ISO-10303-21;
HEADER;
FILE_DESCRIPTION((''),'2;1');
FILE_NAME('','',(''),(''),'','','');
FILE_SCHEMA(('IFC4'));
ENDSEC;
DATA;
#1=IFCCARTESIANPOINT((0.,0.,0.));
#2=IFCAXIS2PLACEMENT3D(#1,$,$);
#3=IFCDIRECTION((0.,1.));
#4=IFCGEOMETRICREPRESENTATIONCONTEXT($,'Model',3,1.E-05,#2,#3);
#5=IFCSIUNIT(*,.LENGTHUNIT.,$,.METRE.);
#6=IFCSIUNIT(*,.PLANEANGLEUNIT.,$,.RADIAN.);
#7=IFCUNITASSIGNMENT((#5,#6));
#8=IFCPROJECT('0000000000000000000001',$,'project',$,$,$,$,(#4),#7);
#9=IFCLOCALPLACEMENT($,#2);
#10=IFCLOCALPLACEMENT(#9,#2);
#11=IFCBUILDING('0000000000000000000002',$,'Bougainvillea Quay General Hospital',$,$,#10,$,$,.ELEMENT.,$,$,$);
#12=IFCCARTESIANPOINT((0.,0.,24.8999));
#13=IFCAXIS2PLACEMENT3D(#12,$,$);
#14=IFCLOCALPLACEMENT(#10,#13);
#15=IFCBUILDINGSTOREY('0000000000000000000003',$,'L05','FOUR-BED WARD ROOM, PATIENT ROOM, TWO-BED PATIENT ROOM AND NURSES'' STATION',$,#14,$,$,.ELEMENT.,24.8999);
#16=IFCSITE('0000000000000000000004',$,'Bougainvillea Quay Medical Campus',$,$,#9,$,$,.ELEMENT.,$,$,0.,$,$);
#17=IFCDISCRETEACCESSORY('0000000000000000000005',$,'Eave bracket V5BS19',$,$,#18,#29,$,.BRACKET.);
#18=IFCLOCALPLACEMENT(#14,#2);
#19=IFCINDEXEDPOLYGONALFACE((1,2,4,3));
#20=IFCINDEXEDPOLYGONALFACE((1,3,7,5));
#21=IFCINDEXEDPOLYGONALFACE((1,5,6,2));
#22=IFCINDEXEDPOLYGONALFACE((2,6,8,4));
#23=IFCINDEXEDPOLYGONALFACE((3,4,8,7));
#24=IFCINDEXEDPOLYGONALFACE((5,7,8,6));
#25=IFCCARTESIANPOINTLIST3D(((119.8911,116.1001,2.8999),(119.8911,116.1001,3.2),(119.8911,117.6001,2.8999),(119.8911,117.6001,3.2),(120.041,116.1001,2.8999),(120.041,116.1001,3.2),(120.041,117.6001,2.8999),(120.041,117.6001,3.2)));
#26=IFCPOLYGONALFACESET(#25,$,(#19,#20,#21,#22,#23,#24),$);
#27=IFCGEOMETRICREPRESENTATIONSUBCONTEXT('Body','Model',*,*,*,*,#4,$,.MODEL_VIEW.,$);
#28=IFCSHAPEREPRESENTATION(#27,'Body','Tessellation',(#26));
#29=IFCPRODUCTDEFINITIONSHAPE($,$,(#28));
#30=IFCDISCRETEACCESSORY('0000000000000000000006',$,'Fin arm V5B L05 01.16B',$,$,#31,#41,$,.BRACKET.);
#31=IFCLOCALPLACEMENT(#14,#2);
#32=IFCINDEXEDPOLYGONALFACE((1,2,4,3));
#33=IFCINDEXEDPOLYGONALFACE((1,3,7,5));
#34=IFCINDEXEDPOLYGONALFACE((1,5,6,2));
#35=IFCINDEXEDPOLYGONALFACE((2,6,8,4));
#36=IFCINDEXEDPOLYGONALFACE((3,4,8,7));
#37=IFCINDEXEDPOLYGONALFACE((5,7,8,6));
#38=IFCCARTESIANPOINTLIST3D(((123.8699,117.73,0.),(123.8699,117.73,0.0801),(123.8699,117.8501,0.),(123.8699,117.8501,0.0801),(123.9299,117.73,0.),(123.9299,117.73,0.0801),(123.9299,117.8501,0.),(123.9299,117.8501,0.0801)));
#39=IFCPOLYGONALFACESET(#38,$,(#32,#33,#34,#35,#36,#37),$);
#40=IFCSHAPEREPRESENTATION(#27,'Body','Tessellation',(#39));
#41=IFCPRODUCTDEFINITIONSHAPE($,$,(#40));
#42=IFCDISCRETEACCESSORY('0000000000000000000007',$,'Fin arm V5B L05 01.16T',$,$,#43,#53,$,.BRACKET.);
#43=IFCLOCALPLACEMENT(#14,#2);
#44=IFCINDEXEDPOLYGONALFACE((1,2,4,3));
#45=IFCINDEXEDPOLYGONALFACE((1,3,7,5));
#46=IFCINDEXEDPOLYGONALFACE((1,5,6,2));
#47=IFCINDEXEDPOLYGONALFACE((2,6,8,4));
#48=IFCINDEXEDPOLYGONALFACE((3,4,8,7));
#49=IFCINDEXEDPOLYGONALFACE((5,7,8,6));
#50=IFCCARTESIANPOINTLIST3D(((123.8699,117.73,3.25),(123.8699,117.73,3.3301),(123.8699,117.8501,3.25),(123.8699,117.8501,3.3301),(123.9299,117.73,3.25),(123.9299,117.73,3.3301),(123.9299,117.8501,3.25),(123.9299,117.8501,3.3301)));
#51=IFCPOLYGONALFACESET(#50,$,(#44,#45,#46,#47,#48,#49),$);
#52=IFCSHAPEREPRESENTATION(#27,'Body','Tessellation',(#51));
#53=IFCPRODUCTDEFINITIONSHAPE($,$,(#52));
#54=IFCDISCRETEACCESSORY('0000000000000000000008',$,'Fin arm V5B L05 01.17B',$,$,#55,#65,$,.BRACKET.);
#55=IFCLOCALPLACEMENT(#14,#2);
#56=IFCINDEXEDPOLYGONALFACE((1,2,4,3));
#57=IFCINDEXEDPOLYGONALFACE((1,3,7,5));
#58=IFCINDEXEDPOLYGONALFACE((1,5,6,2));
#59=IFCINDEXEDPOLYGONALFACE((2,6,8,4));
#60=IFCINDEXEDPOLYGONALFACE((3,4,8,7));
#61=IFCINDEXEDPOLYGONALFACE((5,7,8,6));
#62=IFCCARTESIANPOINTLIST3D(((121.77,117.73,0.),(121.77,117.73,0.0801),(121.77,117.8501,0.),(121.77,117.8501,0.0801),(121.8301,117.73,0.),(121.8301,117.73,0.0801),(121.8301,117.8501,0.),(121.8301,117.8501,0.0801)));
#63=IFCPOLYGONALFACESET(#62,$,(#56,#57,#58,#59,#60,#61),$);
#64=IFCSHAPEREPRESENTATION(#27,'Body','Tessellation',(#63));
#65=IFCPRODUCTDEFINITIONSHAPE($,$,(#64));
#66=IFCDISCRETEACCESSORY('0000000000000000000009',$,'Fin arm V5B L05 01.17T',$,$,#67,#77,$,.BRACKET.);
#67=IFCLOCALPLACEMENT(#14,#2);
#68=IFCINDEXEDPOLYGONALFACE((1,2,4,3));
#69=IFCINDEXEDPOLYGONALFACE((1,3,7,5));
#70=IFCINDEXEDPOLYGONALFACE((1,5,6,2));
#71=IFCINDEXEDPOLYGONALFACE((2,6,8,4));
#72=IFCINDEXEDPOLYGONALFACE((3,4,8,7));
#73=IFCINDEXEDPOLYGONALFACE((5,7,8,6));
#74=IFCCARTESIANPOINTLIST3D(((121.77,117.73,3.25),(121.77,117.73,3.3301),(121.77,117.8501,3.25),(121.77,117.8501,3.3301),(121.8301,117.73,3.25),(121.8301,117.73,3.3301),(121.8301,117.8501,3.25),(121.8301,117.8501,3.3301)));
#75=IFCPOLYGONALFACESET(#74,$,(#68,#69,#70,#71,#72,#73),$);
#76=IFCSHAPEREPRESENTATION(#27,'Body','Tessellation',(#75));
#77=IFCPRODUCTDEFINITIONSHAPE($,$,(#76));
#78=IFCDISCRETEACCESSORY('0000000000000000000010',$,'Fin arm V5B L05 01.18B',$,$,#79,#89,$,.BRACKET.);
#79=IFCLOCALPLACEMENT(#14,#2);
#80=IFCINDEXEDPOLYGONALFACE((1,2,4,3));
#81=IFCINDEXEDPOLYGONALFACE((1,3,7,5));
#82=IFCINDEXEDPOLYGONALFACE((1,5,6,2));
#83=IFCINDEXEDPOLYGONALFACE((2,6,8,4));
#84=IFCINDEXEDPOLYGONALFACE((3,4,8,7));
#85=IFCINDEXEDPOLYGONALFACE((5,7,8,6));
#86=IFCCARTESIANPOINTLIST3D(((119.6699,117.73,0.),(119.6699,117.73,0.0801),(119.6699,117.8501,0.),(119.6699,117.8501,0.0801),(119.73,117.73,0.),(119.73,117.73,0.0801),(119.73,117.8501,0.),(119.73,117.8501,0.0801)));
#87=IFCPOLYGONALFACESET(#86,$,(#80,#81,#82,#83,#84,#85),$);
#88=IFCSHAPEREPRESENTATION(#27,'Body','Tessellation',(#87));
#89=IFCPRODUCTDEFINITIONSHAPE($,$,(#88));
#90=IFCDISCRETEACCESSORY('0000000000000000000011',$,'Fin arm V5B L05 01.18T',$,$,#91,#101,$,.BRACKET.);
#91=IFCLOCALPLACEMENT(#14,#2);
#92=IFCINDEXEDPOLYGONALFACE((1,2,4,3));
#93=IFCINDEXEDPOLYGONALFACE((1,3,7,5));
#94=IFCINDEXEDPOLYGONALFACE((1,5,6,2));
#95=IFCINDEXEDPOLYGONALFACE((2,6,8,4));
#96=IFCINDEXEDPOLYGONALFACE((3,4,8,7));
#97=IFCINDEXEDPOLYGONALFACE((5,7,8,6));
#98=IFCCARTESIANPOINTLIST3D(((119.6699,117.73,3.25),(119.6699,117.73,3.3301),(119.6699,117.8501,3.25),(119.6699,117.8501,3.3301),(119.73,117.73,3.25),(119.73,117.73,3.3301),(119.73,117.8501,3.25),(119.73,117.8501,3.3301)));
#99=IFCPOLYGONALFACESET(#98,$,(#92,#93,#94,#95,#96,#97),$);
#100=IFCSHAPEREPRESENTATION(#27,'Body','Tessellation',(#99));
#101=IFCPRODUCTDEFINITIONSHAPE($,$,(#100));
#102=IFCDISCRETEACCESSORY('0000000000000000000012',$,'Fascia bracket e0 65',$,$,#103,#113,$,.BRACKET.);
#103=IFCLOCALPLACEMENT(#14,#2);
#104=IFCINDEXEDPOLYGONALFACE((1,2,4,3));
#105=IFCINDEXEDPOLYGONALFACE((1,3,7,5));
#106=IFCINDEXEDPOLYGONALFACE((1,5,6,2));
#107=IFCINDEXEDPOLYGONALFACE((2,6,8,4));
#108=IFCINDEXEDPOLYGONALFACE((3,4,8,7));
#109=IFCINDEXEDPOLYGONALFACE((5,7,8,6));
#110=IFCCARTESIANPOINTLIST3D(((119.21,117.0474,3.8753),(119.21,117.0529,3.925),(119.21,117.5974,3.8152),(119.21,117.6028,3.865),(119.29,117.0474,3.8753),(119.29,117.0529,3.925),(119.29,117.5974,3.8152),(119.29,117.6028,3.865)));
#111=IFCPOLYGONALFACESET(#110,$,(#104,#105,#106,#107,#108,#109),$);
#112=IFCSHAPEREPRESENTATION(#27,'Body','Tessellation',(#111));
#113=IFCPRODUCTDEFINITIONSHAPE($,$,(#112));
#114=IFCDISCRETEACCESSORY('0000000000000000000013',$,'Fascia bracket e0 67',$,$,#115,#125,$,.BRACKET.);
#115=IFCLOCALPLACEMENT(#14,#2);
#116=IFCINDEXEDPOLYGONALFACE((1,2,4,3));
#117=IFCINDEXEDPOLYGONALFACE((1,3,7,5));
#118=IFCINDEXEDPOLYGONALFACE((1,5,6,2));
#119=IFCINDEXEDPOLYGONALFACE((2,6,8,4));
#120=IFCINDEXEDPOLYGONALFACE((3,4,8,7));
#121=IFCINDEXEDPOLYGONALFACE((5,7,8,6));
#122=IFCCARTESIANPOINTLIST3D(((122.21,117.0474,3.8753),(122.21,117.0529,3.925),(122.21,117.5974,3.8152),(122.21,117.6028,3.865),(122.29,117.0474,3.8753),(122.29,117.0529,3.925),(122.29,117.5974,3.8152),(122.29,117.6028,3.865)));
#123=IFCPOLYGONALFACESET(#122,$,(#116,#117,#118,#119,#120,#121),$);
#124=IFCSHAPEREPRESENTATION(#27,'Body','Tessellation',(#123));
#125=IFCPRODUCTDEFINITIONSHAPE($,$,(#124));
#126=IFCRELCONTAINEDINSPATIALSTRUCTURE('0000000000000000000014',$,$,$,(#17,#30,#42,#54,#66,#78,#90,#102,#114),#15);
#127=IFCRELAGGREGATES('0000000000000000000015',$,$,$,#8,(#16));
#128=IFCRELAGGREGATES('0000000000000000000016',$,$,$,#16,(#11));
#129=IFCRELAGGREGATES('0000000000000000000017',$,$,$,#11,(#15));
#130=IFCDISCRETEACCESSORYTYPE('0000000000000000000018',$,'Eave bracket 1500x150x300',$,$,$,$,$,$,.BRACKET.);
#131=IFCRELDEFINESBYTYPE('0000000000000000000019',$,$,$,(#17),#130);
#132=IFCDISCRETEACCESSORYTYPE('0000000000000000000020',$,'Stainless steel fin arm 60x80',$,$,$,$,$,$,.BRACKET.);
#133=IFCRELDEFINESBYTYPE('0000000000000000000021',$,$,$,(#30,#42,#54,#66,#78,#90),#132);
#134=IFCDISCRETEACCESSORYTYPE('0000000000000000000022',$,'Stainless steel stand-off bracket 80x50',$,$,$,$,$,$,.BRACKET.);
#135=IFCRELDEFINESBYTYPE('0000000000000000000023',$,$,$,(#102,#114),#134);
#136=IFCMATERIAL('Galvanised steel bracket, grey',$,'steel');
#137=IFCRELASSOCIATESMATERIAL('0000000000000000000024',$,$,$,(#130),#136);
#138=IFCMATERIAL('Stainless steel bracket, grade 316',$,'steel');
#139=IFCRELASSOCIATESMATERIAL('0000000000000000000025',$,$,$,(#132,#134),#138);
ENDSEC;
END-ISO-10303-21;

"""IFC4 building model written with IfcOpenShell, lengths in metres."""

from ifc_helpers import new_model, si_unit, direction, frame, origin, origin_2d, place, context, subcontext, project, spatial, rectangle, extrude, material, material_profile, profile_set, type_object, element, save


model = new_model("IFC4")

# Units and contexts
model_context = context("Model", 3, precision=1e-05, world=origin(), true_north=direction((0.0, 1.0)))
body_context = subcontext(model_context, "Body", "Model", "MODEL_VIEW")
ifc_project = project(units=[si_unit("LENGTHUNIT", "METRE"), si_unit("PLANEANGLEUNIT", "RADIAN")], contexts=[model_context])

# Site, building, storey
site_placement = place(None, origin())
site = spatial("IfcSite", under=ifc_project, at=site_placement, Name="Bougainvillea Quay Medical Campus", CompositionType="ELEMENT", RefElevation=0.0)
building_placement = place(site_placement, origin())
building = spatial("IfcBuilding", under=site, at=building_placement, Name="Bougainvillea Quay General Hospital", CompositionType="ELEMENT")
storey_placement = place(building_placement, frame((0.0, 0.0, 24.8999)))
storey = spatial("IfcBuildingStorey", under=building, at=storey_placement, Name="L05", Description="FOUR-BED WARD ROOM, PATIENT ROOM, TWO-BED PATIENT ROOM AND NURSES' STATION", CompositionType="ELEMENT", Elevation=24.8999)

# Discrete accessories
ifc_material_1 = material(Name="Galvanised steel bracket, grey", Category="steel")
discrete_accessory_type_1 = type_object("IfcDiscreteAccessoryType", Name="Eave bracket 1500x150x300", PredefinedType="BRACKET", material=ifc_material_1)
discrete_accessory_placement = place(storey_placement, frame((119.9661, 116.8501, 2.8999), z_axis=(0.0, 0.0, 1.0), x_axis=(1.0, 0.0, 0.0)))
element("IfcDiscreteAccessory", 1, at=discrete_accessory_placement, inside=storey, type_object=discrete_accessory_type_1, Name="Eave bracket V5BS19", PredefinedType="BRACKET", context=body_context, shape_type="SweptSolid", body=[
    extrude(rectangle(XDim=0.1499, YDim=1.5, at=origin_2d()), origin(), (0.0, 0.0, 1.0), 0.3),
])
ifc_material_2 = material(Name="Stainless steel bracket, grade 316", Category="steel")
discrete_accessory_type_2 = type_object("IfcDiscreteAccessoryType", Name="Stainless steel fin arm 60x80", PredefinedType="BRACKET", material=ifc_material_2)
for number, where, z_axis, x_axis, name in (
    (2, (123.8999, 117.79, 0.0), (0.0, 0.0, 1.0), (0.0, -1.0, 0.0), "Fin arm V5B L05 01.16B"),
    (3, (123.8999, 117.79, 3.25), (0.0, 0.0, 1.0), (0.0, -1.0, 0.0), "Fin arm V5B L05 01.16T"),
    (4, (121.8, 117.79, 0.0), (0.0, 0.0, 1.0), (0.0, -1.0, 0.0), "Fin arm V5B L05 01.17B"),
    (5, (121.8, 117.79, 3.25), (0.0, 0.0, 1.0), (0.0, -1.0, 0.0), "Fin arm V5B L05 01.17T"),
    (6, (119.7, 117.79, 0.0), (0.0, 0.0, 1.0), (0.0, -1.0, 0.0), "Fin arm V5B L05 01.18B"),
    (7, (119.7, 117.79, 3.25), (0.0, 0.0, 1.0), (0.0, -1.0, 0.0), "Fin arm V5B L05 01.18T"),
):
    element("IfcDiscreteAccessory", number, at=place(storey_placement, frame(where, z_axis=z_axis, x_axis=x_axis)), inside=storey, type_object=discrete_accessory_type_2, Name=name, PredefinedType="BRACKET", context=body_context, shape_type="SweptSolid", body=[
        extrude(rectangle(XDim=0.1201, YDim=0.0601, at=origin_2d()), origin(), (0.0, 0.0, 1.0), 0.0801),
    ])
ifc_material_profile_1 = material_profile(ifc_material_2, rectangle(XDim=0.0801, YDim=0.05, at=origin_2d()))
ifc_profile_set_1 = profile_set([ifc_material_profile_1], Name="Stainless steel bracket, grade 316")
discrete_accessory_type_3 = type_object("IfcDiscreteAccessoryType", Name="Stainless steel stand-off bracket 80x50", PredefinedType="BRACKET", material=ifc_profile_set_1)
for number, where, z_axis, x_axis, name in (
    (8, (119.25, 117.6001, 3.8401), (0.0, -0.994092, 0.108543), (1.0, 0.0, 0.0), "Fascia bracket e0 65"),
    (9, (122.25, 117.6001, 3.8401), (0.0, -0.994092, 0.108543), (1.0, 0.0, 0.0), "Fascia bracket e0 67"),
):
    element("IfcDiscreteAccessory", number, at=place(storey_placement, frame(where, z_axis=z_axis, x_axis=x_axis)), inside=storey, type_object=discrete_accessory_type_3, Name=name, PredefinedType="BRACKET", context=body_context, shape_type="SweptSolid", body=[
        extrude(rectangle(XDim=0.0801, YDim=0.05, at=origin_2d()), origin(), (0.0, 0.0, 1.0), 0.5532),
    ])

save(model, "model.ifc")
